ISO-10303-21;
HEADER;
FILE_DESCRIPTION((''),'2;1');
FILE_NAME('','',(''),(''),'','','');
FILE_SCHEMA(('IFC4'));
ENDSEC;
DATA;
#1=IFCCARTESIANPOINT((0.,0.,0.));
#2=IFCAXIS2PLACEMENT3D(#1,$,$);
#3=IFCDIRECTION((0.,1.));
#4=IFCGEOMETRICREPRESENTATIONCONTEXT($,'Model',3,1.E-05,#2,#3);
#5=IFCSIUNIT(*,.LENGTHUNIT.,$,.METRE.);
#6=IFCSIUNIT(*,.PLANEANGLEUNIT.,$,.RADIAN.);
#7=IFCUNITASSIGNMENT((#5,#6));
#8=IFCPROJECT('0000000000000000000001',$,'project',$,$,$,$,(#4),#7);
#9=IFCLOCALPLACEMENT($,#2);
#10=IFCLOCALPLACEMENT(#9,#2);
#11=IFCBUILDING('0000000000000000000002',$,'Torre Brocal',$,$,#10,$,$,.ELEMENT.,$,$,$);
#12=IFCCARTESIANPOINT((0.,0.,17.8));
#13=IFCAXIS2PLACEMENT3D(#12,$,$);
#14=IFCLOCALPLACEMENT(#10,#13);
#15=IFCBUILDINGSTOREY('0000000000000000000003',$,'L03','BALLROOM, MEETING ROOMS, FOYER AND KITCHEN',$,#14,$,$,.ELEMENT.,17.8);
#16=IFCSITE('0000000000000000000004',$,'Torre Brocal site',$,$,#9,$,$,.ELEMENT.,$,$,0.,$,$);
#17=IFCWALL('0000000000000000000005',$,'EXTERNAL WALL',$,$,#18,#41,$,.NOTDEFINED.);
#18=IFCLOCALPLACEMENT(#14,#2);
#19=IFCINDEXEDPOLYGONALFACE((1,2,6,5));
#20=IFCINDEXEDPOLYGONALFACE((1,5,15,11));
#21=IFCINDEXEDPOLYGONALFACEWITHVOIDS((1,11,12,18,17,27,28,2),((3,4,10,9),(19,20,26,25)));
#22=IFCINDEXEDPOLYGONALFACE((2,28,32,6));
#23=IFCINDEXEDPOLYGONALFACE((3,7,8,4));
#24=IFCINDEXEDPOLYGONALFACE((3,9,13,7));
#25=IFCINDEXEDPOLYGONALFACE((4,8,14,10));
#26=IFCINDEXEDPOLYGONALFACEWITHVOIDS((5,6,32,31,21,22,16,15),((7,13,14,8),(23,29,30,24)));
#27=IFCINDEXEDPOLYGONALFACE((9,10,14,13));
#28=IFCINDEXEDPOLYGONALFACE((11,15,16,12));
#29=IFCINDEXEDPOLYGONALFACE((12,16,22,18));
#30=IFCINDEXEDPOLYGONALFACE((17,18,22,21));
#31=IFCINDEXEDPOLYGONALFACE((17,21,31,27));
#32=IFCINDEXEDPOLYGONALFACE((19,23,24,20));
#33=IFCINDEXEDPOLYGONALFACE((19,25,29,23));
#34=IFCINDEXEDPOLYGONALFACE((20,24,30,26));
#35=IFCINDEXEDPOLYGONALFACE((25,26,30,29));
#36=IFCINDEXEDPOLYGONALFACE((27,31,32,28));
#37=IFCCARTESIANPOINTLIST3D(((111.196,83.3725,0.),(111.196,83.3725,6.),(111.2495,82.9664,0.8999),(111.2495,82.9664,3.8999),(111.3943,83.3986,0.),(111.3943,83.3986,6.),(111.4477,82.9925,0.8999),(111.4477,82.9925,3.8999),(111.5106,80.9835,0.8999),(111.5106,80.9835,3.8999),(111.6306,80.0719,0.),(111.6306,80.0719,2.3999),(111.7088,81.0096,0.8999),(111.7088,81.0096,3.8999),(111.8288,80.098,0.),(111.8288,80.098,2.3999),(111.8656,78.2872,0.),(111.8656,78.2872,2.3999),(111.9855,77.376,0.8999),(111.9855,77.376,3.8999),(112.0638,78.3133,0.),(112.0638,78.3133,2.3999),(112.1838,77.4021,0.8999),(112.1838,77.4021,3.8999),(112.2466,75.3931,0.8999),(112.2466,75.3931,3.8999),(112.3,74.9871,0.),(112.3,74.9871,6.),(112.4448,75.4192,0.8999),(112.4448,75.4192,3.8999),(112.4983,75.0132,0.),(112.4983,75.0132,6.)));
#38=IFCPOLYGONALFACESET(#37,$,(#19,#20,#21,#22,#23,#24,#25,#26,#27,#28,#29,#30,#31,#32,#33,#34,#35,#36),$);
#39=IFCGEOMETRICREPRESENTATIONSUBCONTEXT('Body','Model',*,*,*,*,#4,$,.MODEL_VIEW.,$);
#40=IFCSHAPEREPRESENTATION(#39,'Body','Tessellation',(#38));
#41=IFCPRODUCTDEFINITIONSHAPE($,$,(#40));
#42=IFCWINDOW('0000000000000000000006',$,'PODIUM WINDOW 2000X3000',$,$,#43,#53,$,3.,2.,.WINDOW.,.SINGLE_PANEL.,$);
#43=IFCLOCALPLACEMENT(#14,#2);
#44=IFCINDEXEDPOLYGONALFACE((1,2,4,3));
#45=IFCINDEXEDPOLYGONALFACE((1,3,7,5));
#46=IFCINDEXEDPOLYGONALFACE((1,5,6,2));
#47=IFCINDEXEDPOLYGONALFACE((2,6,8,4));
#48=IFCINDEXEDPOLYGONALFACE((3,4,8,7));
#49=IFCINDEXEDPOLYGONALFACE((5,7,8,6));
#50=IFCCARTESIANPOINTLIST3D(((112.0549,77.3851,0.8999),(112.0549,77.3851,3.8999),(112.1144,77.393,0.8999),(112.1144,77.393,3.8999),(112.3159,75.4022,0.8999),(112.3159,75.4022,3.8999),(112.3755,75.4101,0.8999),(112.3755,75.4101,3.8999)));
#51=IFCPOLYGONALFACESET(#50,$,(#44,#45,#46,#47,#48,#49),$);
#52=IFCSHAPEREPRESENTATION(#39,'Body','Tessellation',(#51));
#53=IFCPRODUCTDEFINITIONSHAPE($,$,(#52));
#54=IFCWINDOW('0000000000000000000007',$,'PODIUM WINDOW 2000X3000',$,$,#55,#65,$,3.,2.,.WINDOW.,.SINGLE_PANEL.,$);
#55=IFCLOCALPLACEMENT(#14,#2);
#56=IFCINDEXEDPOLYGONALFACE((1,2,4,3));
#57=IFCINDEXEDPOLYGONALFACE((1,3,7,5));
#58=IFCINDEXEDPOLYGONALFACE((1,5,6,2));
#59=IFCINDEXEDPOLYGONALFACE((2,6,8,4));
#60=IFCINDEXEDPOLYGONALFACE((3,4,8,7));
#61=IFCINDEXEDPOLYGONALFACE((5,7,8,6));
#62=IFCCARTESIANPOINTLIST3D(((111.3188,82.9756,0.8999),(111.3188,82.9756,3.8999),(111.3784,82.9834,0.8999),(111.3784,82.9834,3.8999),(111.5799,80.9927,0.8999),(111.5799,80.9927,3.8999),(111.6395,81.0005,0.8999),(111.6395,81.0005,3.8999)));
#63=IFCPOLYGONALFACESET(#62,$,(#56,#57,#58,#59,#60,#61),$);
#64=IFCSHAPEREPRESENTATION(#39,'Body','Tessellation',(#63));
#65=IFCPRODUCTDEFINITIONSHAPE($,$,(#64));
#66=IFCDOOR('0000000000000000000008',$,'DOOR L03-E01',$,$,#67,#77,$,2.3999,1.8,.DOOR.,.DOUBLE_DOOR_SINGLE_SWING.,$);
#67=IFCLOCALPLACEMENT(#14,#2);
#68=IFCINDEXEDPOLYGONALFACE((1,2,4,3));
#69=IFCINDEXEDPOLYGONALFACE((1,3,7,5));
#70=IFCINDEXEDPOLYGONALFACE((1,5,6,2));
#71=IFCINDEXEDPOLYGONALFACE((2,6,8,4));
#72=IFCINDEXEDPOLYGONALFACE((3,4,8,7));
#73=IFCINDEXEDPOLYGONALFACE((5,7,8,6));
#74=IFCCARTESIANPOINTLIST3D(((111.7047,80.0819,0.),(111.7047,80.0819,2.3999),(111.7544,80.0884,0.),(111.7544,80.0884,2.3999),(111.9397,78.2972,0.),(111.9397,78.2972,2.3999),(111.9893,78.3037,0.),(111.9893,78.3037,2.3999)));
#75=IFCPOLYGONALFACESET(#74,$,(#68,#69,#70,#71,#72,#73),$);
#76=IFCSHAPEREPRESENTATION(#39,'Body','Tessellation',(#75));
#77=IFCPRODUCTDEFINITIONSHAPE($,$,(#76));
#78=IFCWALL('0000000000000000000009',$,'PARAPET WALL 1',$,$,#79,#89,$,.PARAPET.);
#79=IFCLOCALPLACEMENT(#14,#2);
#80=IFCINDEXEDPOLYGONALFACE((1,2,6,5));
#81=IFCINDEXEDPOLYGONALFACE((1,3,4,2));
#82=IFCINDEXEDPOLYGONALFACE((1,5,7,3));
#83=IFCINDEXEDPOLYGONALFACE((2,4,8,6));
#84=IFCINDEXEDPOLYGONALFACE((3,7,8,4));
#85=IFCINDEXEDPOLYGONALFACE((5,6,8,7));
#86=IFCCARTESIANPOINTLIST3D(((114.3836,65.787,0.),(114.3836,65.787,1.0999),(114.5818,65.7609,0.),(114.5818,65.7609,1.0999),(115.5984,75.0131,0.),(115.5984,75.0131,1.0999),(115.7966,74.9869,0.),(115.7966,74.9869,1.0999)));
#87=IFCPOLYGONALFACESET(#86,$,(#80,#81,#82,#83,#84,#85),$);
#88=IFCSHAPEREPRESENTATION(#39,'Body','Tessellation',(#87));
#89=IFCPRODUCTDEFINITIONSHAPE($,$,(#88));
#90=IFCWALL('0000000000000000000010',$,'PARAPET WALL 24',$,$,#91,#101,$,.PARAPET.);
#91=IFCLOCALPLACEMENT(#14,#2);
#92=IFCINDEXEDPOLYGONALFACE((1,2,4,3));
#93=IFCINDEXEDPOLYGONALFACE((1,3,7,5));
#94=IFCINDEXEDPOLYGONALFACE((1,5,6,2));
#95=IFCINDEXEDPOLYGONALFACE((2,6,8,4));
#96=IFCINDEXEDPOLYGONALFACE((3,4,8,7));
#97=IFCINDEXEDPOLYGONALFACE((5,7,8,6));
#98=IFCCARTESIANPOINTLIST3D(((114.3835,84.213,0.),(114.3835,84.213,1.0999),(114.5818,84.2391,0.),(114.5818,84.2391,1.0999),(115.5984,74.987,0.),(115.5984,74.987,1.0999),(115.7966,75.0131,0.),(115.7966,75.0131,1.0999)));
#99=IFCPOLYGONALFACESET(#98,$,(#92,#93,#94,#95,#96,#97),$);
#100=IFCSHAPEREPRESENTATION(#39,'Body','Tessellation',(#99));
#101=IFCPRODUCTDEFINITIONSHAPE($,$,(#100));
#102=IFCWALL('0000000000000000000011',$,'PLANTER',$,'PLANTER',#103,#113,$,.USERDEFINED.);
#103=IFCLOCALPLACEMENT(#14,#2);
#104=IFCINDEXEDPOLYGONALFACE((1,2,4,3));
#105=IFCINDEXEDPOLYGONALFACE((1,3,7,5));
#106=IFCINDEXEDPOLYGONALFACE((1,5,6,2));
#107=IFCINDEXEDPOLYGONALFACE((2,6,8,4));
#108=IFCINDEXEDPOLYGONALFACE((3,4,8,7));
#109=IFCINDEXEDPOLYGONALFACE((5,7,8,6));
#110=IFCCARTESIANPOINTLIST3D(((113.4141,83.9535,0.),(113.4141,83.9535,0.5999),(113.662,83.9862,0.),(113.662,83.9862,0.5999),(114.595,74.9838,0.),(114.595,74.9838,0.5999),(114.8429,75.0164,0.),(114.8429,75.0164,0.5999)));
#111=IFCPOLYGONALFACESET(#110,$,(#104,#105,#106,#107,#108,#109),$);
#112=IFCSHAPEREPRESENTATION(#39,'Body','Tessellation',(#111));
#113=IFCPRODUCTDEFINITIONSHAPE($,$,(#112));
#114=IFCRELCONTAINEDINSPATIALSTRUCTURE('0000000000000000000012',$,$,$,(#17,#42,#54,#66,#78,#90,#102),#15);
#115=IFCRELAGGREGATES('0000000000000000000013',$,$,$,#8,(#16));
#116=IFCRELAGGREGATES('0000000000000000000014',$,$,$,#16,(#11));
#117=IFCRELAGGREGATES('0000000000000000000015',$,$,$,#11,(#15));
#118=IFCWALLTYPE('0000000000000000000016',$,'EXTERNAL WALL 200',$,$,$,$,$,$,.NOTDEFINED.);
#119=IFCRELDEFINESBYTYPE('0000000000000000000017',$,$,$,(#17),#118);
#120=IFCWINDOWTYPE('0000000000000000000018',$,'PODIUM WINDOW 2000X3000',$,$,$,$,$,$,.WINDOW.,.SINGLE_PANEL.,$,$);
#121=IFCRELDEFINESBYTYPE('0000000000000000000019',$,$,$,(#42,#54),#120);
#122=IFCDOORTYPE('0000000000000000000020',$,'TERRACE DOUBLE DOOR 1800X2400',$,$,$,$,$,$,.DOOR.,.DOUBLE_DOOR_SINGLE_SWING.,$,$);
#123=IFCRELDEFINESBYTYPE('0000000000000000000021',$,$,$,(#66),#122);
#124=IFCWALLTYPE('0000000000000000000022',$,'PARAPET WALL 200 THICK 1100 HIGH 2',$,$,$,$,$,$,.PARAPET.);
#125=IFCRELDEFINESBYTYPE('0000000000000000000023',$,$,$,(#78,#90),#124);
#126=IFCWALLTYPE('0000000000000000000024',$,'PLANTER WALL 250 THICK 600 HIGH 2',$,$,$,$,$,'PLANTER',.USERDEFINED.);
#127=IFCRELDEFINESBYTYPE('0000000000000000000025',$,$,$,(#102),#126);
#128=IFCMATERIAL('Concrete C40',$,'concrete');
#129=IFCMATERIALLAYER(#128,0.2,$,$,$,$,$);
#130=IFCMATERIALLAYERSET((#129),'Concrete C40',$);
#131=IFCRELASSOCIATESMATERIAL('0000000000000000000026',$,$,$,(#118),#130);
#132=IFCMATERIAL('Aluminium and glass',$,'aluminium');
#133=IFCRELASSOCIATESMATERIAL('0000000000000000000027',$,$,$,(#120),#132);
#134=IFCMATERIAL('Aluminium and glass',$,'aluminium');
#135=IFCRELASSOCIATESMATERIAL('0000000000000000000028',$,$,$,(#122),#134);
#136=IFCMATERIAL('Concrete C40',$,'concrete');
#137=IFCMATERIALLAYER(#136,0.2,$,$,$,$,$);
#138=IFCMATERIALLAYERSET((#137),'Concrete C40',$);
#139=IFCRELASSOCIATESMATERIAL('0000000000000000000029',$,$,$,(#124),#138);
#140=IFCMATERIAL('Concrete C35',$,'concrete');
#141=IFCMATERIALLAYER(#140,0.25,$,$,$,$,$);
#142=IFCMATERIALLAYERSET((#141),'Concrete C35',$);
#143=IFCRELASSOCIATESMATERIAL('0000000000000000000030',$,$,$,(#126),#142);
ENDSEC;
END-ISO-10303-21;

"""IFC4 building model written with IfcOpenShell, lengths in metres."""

from ifc_helpers import new_model, si_unit, direction, frame, frame_2d, origin, place, context, subcontext, project, spatial, rectangle, extrude, material, layer, layer_set, type_object, element, fill, save


model = new_model("IFC4")

# Units and contexts
model_context = context("Model", 3, precision=1e-05, world=origin(), true_north=direction((0.0, 1.0)))
body_context = subcontext(model_context, "Body", "Model", "MODEL_VIEW")
ifc_project = project(units=[si_unit("LENGTHUNIT", "METRE"), si_unit("PLANEANGLEUNIT", "RADIAN")], contexts=[model_context])

# Site, building, storey
site_placement = place(None, origin())
site = spatial("IfcSite", under=ifc_project, at=site_placement, Name="Torre Brocal site", CompositionType="ELEMENT", RefElevation=0.0)
building_placement = place(site_placement, origin())
building = spatial("IfcBuilding", under=site, at=building_placement, Name="Torre Brocal", CompositionType="ELEMENT")
storey_placement = place(building_placement, frame((0.0, 0.0, 17.8)))
storey = spatial("IfcBuildingStorey", under=building, at=storey_placement, Name="L03", Description="BALLROOM, MEETING ROOMS, FOYER AND KITCHEN", CompositionType="ELEMENT", Elevation=17.8)

# Wall, openings, windows, door
ifc_material_1 = material(Name="Concrete C40", Category="concrete")
ifc_layer_1 = layer(ifc_material_1, 0.2)
ifc_layer_set_1 = layer_set([ifc_layer_1], Name="Concrete C40")
wall_type_1 = type_object("IfcWallType", Name="EXTERNAL WALL 200", PredefinedType="NOTDEFINED", material=ifc_layer_set_1)
wall_1_placement = place(storey_placement, frame((112.3992, 75.0, 0.0), z_axis=(0.0, 0.0, 1.0), x_axis=(-0.13053, 0.991444, 0.0)))
wall_1 = element("IfcWall", 1, at=wall_1_placement, inside=storey, type_object=wall_type_1, Name="EXTERNAL WALL", PredefinedType="NOTDEFINED", context=body_context, shape_type="SweptSolid", body=[
    extrude(rectangle(XDim=8.4578, YDim=0.2, at=frame_2d((4.229, 0.0))), origin(), (0.0, 0.0, 1.0), 6.0),
])
opening_1_placement = place(wall_1_placement, frame((0.4097, 0.0, 0.8999)))
opening_1 = element("IfcOpeningElement", 2, at=opening_1_placement, cuts=wall_1, PredefinedType="OPENING", context=body_context, shape_type="SweptSolid", body=[
    extrude(rectangle(XDim=2.0, YDim=3.0, at=frame_2d((1.0, 1.5))), frame((0.0, 0.1099, 0.0), z_axis=(0.0, -1.0, 0.0), x_axis=(1.0, 0.0, 0.0)), (0.0, 0.0, 1.0), 0.22),
])
opening_2_placement = place(wall_1_placement, frame((3.3289, 0.0, 0.0)))
opening_2 = element("IfcOpeningElement", 3, at=opening_2_placement, cuts=wall_1, PredefinedType="OPENING", context=body_context, shape_type="SweptSolid", body=[
    extrude(rectangle(XDim=1.8, YDim=2.3999, at=frame_2d((0.8999, 1.2))), frame((0.0, 0.1099, 0.0), z_axis=(0.0, -1.0, 0.0), x_axis=(1.0, 0.0, 0.0)), (0.0, 0.0, 1.0), 0.22),
])
opening_3_placement = place(wall_1_placement, frame((6.0483, 0.0, 0.8999)))
opening_3 = element("IfcOpeningElement", 4, at=opening_3_placement, cuts=wall_1, PredefinedType="OPENING", context=body_context, shape_type="SweptSolid", body=[
    extrude(rectangle(XDim=2.0, YDim=3.0, at=frame_2d((1.0, 1.5))), frame((0.0, 0.1099, 0.0), z_axis=(0.0, -1.0, 0.0), x_axis=(1.0, 0.0, 0.0)), (0.0, 0.0, 1.0), 0.22),
])
ifc_material_2 = material(Name="Aluminium and glass", Category="aluminium")
window_type = type_object("IfcWindowType", Name="PODIUM WINDOW 2000X3000", PartitioningType="SINGLE_PANEL", PredefinedType="WINDOW", material=ifc_material_2)
window_1_placement = place(opening_1_placement, origin())
window_1 = element("IfcWindow", 5, at=window_1_placement, inside=storey, type_object=window_type, Name="PODIUM WINDOW 2000X3000", OverallHeight=3.0, OverallWidth=2.0, PartitioningType="SINGLE_PANEL", PredefinedType="WINDOW", context=body_context, shape_type="SweptSolid", body=[
    extrude(rectangle(XDim=2.0, YDim=3.0, at=frame_2d((1.0, 1.5))), frame((0.0, 0.03, 0.0), z_axis=(0.0, -1.0, 0.0), x_axis=(1.0, 0.0, 0.0)), (0.0, 0.0, 1.0), 0.0601),
])
fill(opening_1, window_1)
window_2_placement = place(opening_3_placement, origin())
window_2 = element("IfcWindow", 6, at=window_2_placement, inside=storey, type_object=window_type, Name="PODIUM WINDOW 2000X3000", OverallHeight=3.0, OverallWidth=2.0, PartitioningType="SINGLE_PANEL", PredefinedType="WINDOW", context=body_context, shape_type="SweptSolid", body=[
    extrude(rectangle(XDim=2.0, YDim=3.0, at=frame_2d((1.0, 1.5))), frame((0.0, 0.03, 0.0), z_axis=(0.0, -1.0, 0.0), x_axis=(1.0, 0.0, 0.0)), (0.0, 0.0, 1.0), 0.0601),
])
fill(opening_3, window_2)
ifc_material_3 = material(Name="Aluminium and glass", Category="aluminium")
door_type = type_object("IfcDoorType", Name="TERRACE DOUBLE DOOR 1800X2400", OperationType="DOUBLE_DOOR_SINGLE_SWING", PredefinedType="DOOR", material=ifc_material_3)
door_placement = place(opening_2_placement, frame((1.8, 0.0, 0.0), z_axis=(0.0, 0.0, 1.0), x_axis=(-1.0, 0.0, 0.0)))
door = element("IfcDoor", 7, at=door_placement, inside=storey, type_object=door_type, Name="DOOR L03-E01", OperationType="DOUBLE_DOOR_SINGLE_SWING", OverallHeight=2.3999, OverallWidth=1.8, PredefinedType="DOOR", context=body_context, shape_type="SweptSolid", body=[
    extrude(rectangle(XDim=1.8, YDim=2.3999, at=frame_2d((0.8999, 1.2))), frame((0.0, 0.0249, 0.0), z_axis=(0.0, -1.0, 0.0), x_axis=(1.0, 0.0, 0.0)), (0.0, 0.0, 1.0), 0.05),
])
fill(opening_2, door)

# Walls
ifc_material_4 = material(Name="Concrete C40", Category="concrete")
ifc_layer_2 = layer(ifc_material_4, 0.2)
ifc_layer_set_2 = layer_set([ifc_layer_2], Name="Concrete C40")
wall_type_2 = type_object("IfcWallType", Name="PARAPET WALL 200 THICK 1100 HIGH 2", PredefinedType="PARAPET", material=ifc_layer_set_2)
for number, where, z_axis, x_axis, name in (
    (8, (115.6975, 75.0, 0.0), (0.0, 0.0, 1.0), (-0.130548, -0.991442, 0.0), "PARAPET WALL 1"),
    (9, (114.4827, 84.2261, 0.0), (0.0, 0.0, 1.0), (0.130548, -0.991442, 0.0), "PARAPET WALL 24"),
):
    element("IfcWall", number, at=place(storey_placement, frame(where, z_axis=z_axis, x_axis=x_axis)), inside=storey, type_object=wall_type_2, Name=name, PredefinedType="PARAPET", context=body_context, shape_type="SweptSolid", body=[
        extrude(rectangle(XDim=9.3057, YDim=0.2, at=frame_2d((4.6528, 0.0))), origin(), (0.0, 0.0, 1.0), 1.0999),
    ])
ifc_material_5 = material(Name="Concrete C35", Category="concrete")
ifc_layer_3 = layer(ifc_material_5, 0.25)
ifc_layer_set_3 = layer_set([ifc_layer_3], Name="Concrete C35")
wall_type_3 = type_object("IfcWallType", Name="PLANTER WALL 250 THICK 600 HIGH 2", ElementType="PLANTER", PredefinedType="USERDEFINED", material=ifc_layer_set_3)
wall_2_placement = place(storey_placement, frame((113.5381, 83.9697, 0.0), z_axis=(0.0, 0.0, 1.0), x_axis=(0.130529, -0.991445, 0.0)))
element("IfcWall", 10, at=wall_2_placement, inside=storey, type_object=wall_type_3, Name="PLANTER", ObjectType="PLANTER", PredefinedType="USERDEFINED", context=body_context, shape_type="SweptSolid", body=[
    extrude(rectangle(XDim=9.0471, YDim=0.25, at=frame_2d((4.5234, 0.0))), origin(), (0.0, 0.0, 1.0), 0.5999),
])

save(model, "model.ifc")
